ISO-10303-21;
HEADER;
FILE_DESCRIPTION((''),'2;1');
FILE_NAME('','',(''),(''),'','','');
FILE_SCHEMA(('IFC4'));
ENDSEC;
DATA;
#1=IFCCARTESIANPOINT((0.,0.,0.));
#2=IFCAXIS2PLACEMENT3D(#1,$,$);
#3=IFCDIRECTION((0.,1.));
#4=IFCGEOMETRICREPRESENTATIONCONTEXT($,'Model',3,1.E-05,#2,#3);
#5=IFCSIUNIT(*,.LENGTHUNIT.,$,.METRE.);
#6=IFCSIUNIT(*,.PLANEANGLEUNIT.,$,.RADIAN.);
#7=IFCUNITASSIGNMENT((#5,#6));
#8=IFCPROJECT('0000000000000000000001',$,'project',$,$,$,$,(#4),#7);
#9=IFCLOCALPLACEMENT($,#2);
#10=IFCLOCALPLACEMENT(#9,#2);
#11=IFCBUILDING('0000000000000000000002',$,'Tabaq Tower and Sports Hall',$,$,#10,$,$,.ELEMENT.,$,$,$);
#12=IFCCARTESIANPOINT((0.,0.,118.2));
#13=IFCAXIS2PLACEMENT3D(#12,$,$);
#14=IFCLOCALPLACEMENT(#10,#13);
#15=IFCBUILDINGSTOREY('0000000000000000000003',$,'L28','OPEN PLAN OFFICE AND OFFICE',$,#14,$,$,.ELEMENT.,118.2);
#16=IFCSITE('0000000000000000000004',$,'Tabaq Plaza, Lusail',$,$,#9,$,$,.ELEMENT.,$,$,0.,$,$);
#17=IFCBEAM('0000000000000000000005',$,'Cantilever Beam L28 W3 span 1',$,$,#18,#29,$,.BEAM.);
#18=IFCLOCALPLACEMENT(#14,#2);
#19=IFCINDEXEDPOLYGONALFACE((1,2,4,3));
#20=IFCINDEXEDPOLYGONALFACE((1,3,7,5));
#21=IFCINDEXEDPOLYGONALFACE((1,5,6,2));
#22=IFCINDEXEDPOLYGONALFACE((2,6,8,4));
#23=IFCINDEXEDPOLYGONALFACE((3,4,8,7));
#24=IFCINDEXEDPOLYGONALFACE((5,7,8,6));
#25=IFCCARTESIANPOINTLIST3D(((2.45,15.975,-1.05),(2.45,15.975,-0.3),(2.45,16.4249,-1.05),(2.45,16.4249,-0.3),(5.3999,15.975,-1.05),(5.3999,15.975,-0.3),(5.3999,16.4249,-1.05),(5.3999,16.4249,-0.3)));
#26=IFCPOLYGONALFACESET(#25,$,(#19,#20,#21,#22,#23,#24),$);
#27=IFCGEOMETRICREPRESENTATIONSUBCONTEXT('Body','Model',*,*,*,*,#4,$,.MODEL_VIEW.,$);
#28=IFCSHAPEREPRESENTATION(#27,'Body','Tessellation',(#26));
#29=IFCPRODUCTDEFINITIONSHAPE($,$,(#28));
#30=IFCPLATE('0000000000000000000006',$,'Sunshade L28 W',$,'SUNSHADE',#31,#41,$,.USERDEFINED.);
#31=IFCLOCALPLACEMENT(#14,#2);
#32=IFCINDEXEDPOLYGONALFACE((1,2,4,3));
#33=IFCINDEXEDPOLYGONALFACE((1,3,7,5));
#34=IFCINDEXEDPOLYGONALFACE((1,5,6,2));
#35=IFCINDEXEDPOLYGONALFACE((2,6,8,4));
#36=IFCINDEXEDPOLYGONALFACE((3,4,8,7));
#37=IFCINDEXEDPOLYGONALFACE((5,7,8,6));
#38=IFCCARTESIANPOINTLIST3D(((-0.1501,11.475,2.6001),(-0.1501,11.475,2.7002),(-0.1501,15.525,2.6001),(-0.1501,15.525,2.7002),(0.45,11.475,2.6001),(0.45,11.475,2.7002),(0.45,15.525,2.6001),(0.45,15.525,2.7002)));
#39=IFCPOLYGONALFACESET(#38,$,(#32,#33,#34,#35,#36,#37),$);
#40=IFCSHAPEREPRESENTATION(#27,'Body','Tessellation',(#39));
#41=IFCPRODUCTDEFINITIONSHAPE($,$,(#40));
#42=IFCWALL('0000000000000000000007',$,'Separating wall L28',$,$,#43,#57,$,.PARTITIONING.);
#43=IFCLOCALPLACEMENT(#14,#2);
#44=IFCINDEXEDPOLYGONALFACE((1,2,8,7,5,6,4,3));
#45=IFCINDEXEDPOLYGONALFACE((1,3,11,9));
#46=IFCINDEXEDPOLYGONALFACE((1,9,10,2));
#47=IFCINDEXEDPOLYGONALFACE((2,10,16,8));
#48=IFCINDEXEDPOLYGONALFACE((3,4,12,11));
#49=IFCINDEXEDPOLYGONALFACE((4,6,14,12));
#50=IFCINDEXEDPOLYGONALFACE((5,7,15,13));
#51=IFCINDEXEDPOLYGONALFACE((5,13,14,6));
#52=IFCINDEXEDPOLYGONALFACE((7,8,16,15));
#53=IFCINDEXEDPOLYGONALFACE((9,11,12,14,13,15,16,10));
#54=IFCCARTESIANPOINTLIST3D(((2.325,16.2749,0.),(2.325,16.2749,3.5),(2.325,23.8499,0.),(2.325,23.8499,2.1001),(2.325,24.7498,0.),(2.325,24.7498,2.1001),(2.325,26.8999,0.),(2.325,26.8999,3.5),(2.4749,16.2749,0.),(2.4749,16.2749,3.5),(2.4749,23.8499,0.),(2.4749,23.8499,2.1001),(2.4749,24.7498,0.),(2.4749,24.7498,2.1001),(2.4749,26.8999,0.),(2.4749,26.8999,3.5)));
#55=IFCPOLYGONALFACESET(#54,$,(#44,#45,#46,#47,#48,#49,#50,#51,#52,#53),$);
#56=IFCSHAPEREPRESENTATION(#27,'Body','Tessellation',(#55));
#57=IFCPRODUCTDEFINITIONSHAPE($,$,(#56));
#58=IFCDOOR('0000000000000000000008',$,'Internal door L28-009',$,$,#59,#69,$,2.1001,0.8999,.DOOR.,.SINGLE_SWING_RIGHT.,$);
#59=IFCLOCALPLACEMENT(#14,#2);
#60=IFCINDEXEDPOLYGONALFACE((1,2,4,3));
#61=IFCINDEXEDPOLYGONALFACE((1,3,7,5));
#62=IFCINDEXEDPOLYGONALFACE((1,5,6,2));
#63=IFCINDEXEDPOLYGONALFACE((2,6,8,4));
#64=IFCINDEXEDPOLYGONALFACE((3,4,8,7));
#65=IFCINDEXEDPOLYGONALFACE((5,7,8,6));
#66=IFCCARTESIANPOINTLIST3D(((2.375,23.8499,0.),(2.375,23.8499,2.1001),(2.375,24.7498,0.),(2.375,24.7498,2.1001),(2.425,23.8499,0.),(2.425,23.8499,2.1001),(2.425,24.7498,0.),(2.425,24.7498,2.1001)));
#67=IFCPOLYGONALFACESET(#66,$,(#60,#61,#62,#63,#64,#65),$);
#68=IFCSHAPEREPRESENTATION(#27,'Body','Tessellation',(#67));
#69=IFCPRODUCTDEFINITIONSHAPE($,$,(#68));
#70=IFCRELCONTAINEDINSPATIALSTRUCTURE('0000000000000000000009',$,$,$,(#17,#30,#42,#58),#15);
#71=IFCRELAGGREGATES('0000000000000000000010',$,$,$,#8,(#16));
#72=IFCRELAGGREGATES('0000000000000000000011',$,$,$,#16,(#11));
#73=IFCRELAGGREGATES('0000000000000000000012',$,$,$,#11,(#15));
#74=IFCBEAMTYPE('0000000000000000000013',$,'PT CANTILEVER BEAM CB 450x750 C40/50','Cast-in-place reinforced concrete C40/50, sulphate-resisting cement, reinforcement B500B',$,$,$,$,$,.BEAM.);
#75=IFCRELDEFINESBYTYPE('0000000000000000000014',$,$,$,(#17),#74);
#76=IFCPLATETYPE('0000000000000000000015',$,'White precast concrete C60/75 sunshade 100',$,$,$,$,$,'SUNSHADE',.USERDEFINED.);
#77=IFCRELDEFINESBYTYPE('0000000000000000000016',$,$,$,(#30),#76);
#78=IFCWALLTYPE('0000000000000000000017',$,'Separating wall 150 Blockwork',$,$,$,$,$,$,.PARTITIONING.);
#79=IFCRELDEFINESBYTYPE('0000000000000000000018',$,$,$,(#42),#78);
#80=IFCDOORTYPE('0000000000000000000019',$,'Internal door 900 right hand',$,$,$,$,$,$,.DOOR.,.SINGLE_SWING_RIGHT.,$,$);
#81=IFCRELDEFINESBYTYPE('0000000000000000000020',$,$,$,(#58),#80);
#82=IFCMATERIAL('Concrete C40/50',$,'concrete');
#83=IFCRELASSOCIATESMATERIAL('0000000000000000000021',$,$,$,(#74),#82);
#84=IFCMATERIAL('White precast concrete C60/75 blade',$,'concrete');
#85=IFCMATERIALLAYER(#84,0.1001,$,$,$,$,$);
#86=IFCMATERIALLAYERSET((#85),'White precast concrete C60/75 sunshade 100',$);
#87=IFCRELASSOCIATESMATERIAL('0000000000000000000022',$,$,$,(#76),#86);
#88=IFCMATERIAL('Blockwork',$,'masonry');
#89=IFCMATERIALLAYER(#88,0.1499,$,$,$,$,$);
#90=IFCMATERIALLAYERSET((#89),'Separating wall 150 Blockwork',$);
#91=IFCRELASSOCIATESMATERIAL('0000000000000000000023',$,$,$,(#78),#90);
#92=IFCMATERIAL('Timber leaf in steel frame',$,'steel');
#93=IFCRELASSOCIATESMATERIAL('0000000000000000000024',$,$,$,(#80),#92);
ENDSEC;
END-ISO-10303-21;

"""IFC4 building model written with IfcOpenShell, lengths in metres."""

from ifc_helpers import new_model, si_unit, direction, frame, frame_2d, origin, origin_2d, place, context, subcontext, project, spatial, rectangle, extrude, material, layer, layer_set, material_profile, profile_set, type_object, element, fill, save


model = new_model("IFC4")

# Units and contexts
model_context = context("Model", 3, precision=1e-05, world=origin(), true_north=direction((0.0, 1.0)))
body_context = subcontext(model_context, "Body", "Model", "MODEL_VIEW")
ifc_project = project(units=[si_unit("LENGTHUNIT", "METRE"), si_unit("PLANEANGLEUNIT", "RADIAN")], contexts=[model_context])

# Site, building, storey
site_placement = place(None, origin())
site = spatial("IfcSite", under=ifc_project, at=site_placement, Name="Tabaq Plaza, Lusail", CompositionType="ELEMENT", RefElevation=0.0)
building_placement = place(site_placement, origin())
building = spatial("IfcBuilding", under=site, at=building_placement, Name="Tabaq Tower and Sports Hall", CompositionType="ELEMENT")
storey_placement = place(building_placement, frame((0.0, 0.0, 118.2)))
storey = spatial("IfcBuildingStorey", under=building, at=storey_placement, Name="L28", Description="OPEN PLAN OFFICE AND OFFICE", CompositionType="ELEMENT", Elevation=118.2)

# Beam
ifc_material_1 = material(Name="Concrete C40/50", Category="concrete")
ifc_material_profile = material_profile(ifc_material_1, rectangle(XDim=0.45, YDim=0.75, at=origin_2d()), Name="CB 450x750")
ifc_profile_set = profile_set([ifc_material_profile], Name="Concrete C40/50")
beam_type = type_object("IfcBeamType", Name="PT CANTILEVER BEAM CB 450x750 C40/50", Description="Cast-in-place reinforced concrete C40/50, sulphate-resisting cement, reinforcement B500B", PredefinedType="BEAM", material=ifc_profile_set)
beam_placement = place(storey_placement, frame((2.45, 16.2, -0.675), z_axis=(1.0, 0.0, 0.0), x_axis=(0.0, 1.0, 0.0)))
element("IfcBeam", 1, at=beam_placement, inside=storey, type_object=beam_type, Name="Cantilever Beam L28 W3 span 1", PredefinedType="BEAM", context=body_context, shape_type="SweptSolid", body=[
    extrude(rectangle(XDim=0.45, YDim=0.75, at=origin_2d()), origin(), (0.0, 0.0, 1.0), 2.95),
])

# Plate
ifc_material_2 = material(Name="White precast concrete C60/75 blade", Category="concrete")
ifc_layer_1 = layer(ifc_material_2, 0.1001)
ifc_layer_set_1 = layer_set([ifc_layer_1], Name="White precast concrete C60/75 sunshade 100")
plate_type = type_object("IfcPlateType", Name="White precast concrete C60/75 sunshade 100", ElementType="SUNSHADE", PredefinedType="USERDEFINED", material=ifc_layer_set_1)
plate_placement = place(storey_placement, frame((0.1499, 13.5, 2.6001), z_axis=(0.0, 0.0, 1.0), x_axis=(0.0, -1.0, 0.0)))
element("IfcPlate", 2, at=plate_placement, inside=storey, type_object=plate_type, Name="Sunshade L28 W", ObjectType="SUNSHADE", PredefinedType="USERDEFINED", context=body_context, shape_type="SweptSolid", body=[
    extrude(rectangle(XDim=4.05, YDim=0.6001, at=origin_2d()), origin(), (0.0, 0.0, 1.0), 0.1001),
])

# Wall, opening, door
ifc_material_3 = material(Name="Blockwork", Category="masonry")
ifc_layer_2 = layer(ifc_material_3, 0.1499)
ifc_layer_set_2 = layer_set([ifc_layer_2], Name="Separating wall 150 Blockwork")
wall_type_1 = type_object("IfcWallType", Name="Separating wall 150 Blockwork", PredefinedType="PARTITIONING", material=ifc_layer_set_2)
wall_1_placement = place(storey_placement, frame((2.3999, 16.2749, 0.0), z_axis=(0.0, 0.0, 1.0), x_axis=(0.0, 1.0, 0.0)))
wall_1 = element("IfcWall", 3, at=wall_1_placement, inside=storey, type_object=wall_type_1, Name="Separating wall L28", PredefinedType="PARTITIONING", context=body_context, shape_type="SweptSolid", body=[
    extrude(rectangle(XDim=10.625, YDim=0.1499, at=frame_2d((5.3125, 0.0))), origin(), (0.0, 0.0, 1.0), 3.5),
])
opening_1_placement = place(wall_1_placement, frame((7.575, 0.0, 0.0)))
opening_1 = element("IfcOpeningElement", 4, at=opening_1_placement, cuts=wall_1, PredefinedType="OPENING", context=body_context, shape_type="SweptSolid", body=[
    extrude(rectangle(XDim=0.8999, YDim=2.1001, at=frame_2d((0.45, 1.05))), frame((0.0, 0.075, 0.0), z_axis=(0.0, -1.0, 0.0), x_axis=(1.0, 0.0, 0.0)), (0.0, 0.0, 1.0), 0.1499),
])
ifc_material_4 = material(Name="Timber leaf in steel frame", Category="steel")
door_type_1 = type_object("IfcDoorType", Name="Internal door 900 right hand", OperationType="SINGLE_SWING_RIGHT", PredefinedType="DOOR", material=ifc_material_4)
door_1_placement = place(opening_1_placement, origin())
door_1 = element("IfcDoor", 5, at=door_1_placement, inside=storey, type_object=door_type_1, Name="Internal door L28-009", OperationType="SINGLE_SWING_RIGHT", OverallHeight=2.1001, OverallWidth=0.8999, PredefinedType="DOOR", context=body_context, shape_type="SweptSolid", body=[
    extrude(rectangle(XDim=0.8999, YDim=2.1001, at=frame_2d((0.45, 1.05))), frame((0.0, 0.0249, 0.0), z_axis=(0.0, -1.0, 0.0), x_axis=(1.0, 0.0, 0.0)), (0.0, 0.0, 1.0), 0.05),
])
fill(opening_1, door_1)

save(model, "model.ifc")
